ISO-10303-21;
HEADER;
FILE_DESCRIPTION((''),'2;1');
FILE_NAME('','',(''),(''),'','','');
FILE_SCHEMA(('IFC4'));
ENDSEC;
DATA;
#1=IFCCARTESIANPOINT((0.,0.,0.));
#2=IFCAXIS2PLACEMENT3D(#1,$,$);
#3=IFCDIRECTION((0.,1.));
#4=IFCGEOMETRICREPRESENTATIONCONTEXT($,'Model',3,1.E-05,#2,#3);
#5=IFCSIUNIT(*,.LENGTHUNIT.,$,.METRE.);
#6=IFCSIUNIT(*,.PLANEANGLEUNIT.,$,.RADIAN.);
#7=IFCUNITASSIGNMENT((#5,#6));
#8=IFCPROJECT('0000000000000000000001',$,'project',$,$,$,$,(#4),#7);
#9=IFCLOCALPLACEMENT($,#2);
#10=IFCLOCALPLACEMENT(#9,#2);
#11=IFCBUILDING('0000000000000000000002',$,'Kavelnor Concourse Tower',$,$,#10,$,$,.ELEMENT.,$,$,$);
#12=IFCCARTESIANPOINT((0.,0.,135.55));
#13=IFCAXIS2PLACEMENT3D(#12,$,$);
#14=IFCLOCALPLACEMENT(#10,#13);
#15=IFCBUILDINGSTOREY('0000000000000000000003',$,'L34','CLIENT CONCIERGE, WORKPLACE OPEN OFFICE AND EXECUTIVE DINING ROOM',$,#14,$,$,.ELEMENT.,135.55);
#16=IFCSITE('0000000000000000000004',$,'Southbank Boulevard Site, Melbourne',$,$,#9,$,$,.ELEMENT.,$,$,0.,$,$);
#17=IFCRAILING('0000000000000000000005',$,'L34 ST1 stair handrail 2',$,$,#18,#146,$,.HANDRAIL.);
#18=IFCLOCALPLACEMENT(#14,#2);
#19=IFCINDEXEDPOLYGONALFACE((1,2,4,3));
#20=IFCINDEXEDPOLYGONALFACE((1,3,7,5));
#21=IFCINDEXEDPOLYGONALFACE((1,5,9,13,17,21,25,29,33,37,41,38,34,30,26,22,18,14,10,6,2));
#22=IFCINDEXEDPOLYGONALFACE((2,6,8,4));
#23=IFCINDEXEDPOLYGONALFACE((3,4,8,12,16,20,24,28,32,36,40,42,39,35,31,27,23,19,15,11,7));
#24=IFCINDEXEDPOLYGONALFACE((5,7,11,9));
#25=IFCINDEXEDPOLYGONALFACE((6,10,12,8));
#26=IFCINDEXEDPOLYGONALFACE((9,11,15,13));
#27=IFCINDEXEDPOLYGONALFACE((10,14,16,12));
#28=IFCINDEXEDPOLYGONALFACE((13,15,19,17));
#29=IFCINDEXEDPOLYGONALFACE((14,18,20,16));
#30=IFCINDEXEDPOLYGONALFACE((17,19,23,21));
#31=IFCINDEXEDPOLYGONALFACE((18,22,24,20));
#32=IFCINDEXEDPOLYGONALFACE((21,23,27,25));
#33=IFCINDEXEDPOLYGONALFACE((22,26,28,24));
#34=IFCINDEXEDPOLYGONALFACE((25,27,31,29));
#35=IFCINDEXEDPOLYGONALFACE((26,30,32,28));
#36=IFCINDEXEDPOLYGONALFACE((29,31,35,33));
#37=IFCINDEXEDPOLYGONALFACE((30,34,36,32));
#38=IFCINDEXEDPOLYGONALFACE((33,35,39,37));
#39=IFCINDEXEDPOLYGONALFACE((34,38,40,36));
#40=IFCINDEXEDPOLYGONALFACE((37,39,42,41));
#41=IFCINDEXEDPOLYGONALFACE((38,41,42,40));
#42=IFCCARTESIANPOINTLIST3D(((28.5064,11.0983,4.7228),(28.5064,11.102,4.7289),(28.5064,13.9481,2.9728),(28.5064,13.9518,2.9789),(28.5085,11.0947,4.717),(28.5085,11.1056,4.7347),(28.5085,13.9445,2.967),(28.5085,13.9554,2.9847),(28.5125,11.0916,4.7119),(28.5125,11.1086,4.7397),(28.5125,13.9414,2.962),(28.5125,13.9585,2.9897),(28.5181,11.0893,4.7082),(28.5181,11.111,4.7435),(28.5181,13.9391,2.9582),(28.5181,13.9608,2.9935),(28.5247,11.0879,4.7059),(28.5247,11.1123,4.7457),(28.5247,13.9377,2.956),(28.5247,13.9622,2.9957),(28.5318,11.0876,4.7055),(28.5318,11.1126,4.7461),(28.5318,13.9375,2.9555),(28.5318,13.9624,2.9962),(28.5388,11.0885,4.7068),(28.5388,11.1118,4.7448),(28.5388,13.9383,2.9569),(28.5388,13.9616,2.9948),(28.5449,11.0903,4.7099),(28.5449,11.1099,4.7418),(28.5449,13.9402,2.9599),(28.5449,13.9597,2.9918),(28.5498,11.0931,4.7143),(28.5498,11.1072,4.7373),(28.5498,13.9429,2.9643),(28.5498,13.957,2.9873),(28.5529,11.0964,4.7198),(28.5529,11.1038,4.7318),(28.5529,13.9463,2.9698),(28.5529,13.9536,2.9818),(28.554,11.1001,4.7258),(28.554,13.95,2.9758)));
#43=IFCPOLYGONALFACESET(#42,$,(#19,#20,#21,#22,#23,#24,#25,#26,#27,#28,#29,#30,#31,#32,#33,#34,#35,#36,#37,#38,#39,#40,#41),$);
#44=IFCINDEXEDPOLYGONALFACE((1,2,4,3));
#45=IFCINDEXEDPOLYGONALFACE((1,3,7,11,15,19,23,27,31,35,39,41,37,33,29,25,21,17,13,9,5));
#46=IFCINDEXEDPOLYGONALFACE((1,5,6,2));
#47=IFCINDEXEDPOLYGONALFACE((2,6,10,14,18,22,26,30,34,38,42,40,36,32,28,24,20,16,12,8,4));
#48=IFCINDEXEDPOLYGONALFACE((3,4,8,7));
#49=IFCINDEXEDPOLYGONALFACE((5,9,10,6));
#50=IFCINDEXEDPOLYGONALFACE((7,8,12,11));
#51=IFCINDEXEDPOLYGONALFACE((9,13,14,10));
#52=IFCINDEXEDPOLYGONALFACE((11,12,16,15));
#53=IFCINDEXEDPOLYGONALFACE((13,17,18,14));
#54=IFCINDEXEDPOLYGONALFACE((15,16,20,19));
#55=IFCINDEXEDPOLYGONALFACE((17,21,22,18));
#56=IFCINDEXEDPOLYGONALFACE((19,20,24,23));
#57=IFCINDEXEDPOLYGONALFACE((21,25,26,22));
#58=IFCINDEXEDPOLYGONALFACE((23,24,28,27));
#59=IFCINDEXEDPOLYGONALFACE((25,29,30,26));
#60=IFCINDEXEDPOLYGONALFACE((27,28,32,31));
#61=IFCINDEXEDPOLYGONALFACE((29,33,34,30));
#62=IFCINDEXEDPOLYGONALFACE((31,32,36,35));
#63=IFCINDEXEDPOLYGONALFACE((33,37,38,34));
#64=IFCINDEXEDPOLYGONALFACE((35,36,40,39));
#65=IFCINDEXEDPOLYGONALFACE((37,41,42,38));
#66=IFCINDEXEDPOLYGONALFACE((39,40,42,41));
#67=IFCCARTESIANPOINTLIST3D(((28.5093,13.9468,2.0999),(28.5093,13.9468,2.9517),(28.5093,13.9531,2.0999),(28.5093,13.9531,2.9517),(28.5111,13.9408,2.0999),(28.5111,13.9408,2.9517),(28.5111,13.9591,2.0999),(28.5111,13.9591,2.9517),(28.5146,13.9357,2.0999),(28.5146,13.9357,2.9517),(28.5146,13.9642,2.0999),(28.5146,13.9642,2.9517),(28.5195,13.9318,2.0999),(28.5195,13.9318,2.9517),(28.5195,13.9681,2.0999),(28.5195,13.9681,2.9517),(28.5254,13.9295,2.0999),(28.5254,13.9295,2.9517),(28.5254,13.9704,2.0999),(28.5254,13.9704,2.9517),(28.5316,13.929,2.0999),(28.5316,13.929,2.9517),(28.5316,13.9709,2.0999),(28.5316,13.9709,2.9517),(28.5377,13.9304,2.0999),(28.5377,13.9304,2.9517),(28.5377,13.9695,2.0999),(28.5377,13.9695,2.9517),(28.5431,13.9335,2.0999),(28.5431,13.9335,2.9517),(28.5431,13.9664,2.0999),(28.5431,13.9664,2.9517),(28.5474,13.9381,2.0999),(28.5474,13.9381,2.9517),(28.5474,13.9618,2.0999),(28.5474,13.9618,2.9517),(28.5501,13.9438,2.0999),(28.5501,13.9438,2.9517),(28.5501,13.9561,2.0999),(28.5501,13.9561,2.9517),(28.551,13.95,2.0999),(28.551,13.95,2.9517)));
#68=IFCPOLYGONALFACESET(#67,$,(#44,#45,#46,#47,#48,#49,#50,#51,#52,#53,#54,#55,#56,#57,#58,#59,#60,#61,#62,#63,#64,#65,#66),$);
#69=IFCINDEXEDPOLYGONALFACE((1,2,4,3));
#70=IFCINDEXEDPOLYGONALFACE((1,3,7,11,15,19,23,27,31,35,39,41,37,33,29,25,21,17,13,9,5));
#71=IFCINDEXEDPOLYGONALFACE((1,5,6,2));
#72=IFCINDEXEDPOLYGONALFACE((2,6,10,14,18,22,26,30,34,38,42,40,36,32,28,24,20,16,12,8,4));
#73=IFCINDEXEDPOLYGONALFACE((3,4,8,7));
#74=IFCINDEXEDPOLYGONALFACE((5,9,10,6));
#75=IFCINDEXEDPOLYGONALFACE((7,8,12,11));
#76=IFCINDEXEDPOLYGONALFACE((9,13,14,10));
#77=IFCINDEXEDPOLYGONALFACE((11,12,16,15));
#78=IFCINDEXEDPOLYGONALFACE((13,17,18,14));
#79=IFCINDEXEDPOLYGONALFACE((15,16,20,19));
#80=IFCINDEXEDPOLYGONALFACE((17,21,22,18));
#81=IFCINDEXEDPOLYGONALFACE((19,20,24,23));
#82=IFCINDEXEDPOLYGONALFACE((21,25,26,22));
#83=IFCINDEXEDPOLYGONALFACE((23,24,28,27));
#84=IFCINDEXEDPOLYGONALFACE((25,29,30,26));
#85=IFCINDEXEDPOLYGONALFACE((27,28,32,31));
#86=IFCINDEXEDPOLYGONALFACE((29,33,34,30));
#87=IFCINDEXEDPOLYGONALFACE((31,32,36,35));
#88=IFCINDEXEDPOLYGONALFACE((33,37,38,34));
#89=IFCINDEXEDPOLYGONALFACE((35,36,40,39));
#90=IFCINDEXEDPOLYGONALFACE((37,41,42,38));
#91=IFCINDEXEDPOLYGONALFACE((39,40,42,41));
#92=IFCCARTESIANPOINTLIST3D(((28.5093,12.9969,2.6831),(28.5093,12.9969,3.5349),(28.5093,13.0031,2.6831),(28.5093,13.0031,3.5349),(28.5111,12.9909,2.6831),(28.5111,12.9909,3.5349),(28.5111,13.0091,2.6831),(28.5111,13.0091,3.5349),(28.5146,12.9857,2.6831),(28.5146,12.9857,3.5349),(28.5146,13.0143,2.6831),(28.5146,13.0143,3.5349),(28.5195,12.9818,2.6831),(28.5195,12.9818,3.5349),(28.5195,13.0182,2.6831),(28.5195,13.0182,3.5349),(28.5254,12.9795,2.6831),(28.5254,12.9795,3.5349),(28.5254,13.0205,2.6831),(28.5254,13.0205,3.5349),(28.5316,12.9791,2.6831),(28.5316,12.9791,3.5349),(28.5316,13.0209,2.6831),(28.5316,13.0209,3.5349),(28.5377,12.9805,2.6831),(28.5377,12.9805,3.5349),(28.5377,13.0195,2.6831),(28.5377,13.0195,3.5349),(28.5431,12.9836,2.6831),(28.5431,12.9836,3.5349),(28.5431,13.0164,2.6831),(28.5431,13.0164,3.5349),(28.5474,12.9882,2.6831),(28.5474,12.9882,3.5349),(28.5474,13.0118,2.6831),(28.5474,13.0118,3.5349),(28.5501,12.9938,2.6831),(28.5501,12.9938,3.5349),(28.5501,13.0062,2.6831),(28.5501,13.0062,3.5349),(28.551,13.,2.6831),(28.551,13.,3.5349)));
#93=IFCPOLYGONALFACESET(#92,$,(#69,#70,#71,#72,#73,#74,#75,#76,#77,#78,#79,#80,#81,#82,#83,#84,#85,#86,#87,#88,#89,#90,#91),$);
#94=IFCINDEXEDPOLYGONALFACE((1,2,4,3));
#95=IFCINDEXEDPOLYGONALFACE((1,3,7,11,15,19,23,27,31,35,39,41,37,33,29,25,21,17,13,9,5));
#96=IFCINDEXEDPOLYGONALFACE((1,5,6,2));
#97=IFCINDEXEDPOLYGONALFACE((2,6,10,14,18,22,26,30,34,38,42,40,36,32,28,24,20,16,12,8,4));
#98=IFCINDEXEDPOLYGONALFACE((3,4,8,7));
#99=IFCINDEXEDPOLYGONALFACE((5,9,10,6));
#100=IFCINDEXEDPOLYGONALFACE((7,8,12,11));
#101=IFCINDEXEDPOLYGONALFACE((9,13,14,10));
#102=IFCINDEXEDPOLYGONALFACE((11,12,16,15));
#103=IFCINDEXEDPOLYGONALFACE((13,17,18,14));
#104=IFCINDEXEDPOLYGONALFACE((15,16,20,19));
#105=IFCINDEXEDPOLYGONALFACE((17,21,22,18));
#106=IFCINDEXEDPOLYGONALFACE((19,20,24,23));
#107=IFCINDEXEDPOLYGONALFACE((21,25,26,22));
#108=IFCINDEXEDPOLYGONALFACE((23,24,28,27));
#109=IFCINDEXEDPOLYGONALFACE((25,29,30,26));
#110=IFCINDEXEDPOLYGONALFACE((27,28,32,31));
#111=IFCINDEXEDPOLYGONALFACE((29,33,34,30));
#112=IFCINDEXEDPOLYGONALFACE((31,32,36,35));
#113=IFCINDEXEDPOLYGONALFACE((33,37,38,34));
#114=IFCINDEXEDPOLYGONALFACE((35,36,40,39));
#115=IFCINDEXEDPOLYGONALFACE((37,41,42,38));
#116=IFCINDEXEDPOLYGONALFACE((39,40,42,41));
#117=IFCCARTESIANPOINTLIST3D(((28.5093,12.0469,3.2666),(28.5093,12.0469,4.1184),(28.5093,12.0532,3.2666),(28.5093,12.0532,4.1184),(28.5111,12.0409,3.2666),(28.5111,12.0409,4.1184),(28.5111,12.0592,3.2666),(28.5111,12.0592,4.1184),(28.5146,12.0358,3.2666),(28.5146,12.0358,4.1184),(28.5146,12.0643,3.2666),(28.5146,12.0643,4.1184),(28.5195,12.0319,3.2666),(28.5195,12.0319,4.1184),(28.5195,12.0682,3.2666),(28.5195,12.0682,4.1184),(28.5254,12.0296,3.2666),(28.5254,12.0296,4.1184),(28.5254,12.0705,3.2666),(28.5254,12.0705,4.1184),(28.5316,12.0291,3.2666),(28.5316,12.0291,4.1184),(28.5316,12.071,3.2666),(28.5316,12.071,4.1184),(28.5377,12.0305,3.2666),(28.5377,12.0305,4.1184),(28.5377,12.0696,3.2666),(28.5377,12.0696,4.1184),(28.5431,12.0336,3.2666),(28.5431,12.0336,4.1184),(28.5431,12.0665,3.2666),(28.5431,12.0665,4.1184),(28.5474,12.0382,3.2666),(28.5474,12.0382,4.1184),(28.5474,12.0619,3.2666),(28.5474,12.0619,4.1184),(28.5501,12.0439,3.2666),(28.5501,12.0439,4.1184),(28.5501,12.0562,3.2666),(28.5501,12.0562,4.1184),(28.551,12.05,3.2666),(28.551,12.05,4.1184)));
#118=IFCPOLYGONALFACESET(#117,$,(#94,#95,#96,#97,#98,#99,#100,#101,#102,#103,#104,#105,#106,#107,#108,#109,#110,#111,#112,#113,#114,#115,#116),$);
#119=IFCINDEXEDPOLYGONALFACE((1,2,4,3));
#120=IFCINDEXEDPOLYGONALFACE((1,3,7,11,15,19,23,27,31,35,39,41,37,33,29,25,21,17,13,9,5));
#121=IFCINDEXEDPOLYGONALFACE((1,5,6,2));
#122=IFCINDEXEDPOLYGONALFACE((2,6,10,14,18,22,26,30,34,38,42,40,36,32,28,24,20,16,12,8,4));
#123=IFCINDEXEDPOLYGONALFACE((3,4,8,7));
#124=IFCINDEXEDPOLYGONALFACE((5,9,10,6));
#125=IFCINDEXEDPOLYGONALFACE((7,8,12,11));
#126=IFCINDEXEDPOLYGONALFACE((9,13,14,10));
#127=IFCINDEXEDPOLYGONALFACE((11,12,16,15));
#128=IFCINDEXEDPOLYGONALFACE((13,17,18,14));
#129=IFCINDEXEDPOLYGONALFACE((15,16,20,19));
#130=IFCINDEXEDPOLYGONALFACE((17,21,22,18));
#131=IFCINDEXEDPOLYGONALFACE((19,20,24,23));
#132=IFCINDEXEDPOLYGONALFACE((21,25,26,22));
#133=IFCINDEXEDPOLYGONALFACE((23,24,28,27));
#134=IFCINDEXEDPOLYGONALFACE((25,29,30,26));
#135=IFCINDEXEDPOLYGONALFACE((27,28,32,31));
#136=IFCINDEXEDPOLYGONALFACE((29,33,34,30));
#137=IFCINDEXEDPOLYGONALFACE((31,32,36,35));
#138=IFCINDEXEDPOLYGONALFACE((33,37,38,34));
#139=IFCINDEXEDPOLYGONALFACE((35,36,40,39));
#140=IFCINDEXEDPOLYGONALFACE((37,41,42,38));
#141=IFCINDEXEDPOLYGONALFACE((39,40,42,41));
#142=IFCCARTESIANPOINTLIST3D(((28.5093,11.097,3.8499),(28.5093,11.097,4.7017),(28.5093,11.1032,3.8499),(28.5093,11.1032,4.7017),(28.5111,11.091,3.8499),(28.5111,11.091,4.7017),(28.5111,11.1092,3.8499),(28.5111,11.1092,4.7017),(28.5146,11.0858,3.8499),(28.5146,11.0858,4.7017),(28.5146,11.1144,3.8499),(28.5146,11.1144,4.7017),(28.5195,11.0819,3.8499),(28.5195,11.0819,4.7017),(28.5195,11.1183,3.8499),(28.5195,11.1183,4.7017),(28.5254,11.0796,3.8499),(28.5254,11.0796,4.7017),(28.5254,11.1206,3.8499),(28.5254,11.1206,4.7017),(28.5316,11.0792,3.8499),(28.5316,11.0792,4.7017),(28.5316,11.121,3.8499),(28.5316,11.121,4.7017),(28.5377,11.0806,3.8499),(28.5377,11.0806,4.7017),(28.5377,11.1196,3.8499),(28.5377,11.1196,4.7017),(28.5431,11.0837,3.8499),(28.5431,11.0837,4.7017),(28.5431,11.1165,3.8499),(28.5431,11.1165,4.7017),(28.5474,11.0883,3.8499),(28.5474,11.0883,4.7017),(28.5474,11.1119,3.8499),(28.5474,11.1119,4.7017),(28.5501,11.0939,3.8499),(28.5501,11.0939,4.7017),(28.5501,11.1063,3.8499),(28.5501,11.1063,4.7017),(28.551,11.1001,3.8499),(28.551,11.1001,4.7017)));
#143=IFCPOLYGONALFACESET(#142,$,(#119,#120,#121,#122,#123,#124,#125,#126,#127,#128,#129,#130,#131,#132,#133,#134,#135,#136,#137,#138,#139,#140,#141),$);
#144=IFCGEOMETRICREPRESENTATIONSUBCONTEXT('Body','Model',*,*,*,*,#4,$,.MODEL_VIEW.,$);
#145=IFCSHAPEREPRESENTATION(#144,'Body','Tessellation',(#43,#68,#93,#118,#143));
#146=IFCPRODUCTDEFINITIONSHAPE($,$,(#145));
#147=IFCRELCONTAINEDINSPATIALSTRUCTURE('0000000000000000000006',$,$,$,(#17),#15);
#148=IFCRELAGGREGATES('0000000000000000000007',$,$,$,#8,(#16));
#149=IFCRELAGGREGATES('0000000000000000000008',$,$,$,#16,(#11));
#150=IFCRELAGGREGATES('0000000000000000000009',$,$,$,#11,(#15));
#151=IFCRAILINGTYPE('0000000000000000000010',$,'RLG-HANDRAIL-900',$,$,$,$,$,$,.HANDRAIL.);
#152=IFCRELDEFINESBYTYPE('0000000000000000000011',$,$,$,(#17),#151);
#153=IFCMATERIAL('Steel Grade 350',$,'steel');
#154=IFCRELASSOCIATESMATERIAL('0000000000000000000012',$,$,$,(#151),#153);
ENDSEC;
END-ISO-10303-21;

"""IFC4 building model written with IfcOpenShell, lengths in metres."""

from ifc_helpers import new_model, si_unit, direction, frame, origin, origin_2d, place, context, subcontext, project, spatial, circle, extrude, material, type_object, element, save


model = new_model("IFC4")

# Units and contexts
model_context = context("Model", 3, precision=1e-05, world=origin(), true_north=direction((0.0, 1.0)))
body_context = subcontext(model_context, "Body", "Model", "MODEL_VIEW")
ifc_project = project(units=[si_unit("LENGTHUNIT", "METRE"), si_unit("PLANEANGLEUNIT", "RADIAN")], contexts=[model_context])

# Site, building, storey
site_placement = place(None, origin())
site = spatial("IfcSite", under=ifc_project, at=site_placement, Name="Southbank Boulevard Site, Melbourne", CompositionType="ELEMENT", RefElevation=0.0)
building_placement = place(site_placement, origin())
building = spatial("IfcBuilding", under=site, at=building_placement, Name="Kavelnor Concourse Tower", CompositionType="ELEMENT")
storey_placement = place(building_placement, frame((0.0, 0.0, 135.55)))
storey = spatial("IfcBuildingStorey", under=building, at=storey_placement, Name="L34", Description="CLIENT CONCIERGE, WORKPLACE OPEN OFFICE AND EXECUTIVE DINING ROOM", CompositionType="ELEMENT", Elevation=135.55)

# Shared definitions
ifc_material_1 = material(Name="Steel Grade 350", Category="steel")

# Railing
railing_type_1 = type_object("IfcRailingType", Name="RLG-HANDRAIL-900", PredefinedType="HANDRAIL", material=ifc_material_1)
railing_1_placement = place(storey_placement, frame((28.53, 13.95, 2.0999)))
element("IfcRailing", 1, at=railing_1_placement, inside=storey, type_object=railing_type_1, Name="L34 ST1 stair handrail 2", PredefinedType="HANDRAIL", context=body_context, shape_type="SweptSolid", body=[
    extrude(circle(Radius=0.0239, at=origin_2d()), frame((0.0, 0.0, 0.876), z_axis=(0.0, -0.852159, 0.523283), x_axis=(1.0, 0.0, 0.0)), (0.0, 0.0, 1.0), 3.3442),
    extrude(circle(Radius=0.021, at=origin_2d()), origin(), (0.0, 0.0, 1.0), 0.8518),
    extrude(circle(Radius=0.021, at=origin_2d()), frame((0.0, -0.95, 0.5833)), (0.0, 0.0, 1.0), 0.8518),
    extrude(circle(Radius=0.021, at=origin_2d()), frame((0.0, -1.8999, 1.1667)), (0.0, 0.0, 1.0), 0.8518),
    extrude(circle(Radius=0.021, at=origin_2d()), frame((0.0, -2.8499, 1.75)), (0.0, 0.0, 1.0), 0.8518),
])

save(model, "model.ifc")
